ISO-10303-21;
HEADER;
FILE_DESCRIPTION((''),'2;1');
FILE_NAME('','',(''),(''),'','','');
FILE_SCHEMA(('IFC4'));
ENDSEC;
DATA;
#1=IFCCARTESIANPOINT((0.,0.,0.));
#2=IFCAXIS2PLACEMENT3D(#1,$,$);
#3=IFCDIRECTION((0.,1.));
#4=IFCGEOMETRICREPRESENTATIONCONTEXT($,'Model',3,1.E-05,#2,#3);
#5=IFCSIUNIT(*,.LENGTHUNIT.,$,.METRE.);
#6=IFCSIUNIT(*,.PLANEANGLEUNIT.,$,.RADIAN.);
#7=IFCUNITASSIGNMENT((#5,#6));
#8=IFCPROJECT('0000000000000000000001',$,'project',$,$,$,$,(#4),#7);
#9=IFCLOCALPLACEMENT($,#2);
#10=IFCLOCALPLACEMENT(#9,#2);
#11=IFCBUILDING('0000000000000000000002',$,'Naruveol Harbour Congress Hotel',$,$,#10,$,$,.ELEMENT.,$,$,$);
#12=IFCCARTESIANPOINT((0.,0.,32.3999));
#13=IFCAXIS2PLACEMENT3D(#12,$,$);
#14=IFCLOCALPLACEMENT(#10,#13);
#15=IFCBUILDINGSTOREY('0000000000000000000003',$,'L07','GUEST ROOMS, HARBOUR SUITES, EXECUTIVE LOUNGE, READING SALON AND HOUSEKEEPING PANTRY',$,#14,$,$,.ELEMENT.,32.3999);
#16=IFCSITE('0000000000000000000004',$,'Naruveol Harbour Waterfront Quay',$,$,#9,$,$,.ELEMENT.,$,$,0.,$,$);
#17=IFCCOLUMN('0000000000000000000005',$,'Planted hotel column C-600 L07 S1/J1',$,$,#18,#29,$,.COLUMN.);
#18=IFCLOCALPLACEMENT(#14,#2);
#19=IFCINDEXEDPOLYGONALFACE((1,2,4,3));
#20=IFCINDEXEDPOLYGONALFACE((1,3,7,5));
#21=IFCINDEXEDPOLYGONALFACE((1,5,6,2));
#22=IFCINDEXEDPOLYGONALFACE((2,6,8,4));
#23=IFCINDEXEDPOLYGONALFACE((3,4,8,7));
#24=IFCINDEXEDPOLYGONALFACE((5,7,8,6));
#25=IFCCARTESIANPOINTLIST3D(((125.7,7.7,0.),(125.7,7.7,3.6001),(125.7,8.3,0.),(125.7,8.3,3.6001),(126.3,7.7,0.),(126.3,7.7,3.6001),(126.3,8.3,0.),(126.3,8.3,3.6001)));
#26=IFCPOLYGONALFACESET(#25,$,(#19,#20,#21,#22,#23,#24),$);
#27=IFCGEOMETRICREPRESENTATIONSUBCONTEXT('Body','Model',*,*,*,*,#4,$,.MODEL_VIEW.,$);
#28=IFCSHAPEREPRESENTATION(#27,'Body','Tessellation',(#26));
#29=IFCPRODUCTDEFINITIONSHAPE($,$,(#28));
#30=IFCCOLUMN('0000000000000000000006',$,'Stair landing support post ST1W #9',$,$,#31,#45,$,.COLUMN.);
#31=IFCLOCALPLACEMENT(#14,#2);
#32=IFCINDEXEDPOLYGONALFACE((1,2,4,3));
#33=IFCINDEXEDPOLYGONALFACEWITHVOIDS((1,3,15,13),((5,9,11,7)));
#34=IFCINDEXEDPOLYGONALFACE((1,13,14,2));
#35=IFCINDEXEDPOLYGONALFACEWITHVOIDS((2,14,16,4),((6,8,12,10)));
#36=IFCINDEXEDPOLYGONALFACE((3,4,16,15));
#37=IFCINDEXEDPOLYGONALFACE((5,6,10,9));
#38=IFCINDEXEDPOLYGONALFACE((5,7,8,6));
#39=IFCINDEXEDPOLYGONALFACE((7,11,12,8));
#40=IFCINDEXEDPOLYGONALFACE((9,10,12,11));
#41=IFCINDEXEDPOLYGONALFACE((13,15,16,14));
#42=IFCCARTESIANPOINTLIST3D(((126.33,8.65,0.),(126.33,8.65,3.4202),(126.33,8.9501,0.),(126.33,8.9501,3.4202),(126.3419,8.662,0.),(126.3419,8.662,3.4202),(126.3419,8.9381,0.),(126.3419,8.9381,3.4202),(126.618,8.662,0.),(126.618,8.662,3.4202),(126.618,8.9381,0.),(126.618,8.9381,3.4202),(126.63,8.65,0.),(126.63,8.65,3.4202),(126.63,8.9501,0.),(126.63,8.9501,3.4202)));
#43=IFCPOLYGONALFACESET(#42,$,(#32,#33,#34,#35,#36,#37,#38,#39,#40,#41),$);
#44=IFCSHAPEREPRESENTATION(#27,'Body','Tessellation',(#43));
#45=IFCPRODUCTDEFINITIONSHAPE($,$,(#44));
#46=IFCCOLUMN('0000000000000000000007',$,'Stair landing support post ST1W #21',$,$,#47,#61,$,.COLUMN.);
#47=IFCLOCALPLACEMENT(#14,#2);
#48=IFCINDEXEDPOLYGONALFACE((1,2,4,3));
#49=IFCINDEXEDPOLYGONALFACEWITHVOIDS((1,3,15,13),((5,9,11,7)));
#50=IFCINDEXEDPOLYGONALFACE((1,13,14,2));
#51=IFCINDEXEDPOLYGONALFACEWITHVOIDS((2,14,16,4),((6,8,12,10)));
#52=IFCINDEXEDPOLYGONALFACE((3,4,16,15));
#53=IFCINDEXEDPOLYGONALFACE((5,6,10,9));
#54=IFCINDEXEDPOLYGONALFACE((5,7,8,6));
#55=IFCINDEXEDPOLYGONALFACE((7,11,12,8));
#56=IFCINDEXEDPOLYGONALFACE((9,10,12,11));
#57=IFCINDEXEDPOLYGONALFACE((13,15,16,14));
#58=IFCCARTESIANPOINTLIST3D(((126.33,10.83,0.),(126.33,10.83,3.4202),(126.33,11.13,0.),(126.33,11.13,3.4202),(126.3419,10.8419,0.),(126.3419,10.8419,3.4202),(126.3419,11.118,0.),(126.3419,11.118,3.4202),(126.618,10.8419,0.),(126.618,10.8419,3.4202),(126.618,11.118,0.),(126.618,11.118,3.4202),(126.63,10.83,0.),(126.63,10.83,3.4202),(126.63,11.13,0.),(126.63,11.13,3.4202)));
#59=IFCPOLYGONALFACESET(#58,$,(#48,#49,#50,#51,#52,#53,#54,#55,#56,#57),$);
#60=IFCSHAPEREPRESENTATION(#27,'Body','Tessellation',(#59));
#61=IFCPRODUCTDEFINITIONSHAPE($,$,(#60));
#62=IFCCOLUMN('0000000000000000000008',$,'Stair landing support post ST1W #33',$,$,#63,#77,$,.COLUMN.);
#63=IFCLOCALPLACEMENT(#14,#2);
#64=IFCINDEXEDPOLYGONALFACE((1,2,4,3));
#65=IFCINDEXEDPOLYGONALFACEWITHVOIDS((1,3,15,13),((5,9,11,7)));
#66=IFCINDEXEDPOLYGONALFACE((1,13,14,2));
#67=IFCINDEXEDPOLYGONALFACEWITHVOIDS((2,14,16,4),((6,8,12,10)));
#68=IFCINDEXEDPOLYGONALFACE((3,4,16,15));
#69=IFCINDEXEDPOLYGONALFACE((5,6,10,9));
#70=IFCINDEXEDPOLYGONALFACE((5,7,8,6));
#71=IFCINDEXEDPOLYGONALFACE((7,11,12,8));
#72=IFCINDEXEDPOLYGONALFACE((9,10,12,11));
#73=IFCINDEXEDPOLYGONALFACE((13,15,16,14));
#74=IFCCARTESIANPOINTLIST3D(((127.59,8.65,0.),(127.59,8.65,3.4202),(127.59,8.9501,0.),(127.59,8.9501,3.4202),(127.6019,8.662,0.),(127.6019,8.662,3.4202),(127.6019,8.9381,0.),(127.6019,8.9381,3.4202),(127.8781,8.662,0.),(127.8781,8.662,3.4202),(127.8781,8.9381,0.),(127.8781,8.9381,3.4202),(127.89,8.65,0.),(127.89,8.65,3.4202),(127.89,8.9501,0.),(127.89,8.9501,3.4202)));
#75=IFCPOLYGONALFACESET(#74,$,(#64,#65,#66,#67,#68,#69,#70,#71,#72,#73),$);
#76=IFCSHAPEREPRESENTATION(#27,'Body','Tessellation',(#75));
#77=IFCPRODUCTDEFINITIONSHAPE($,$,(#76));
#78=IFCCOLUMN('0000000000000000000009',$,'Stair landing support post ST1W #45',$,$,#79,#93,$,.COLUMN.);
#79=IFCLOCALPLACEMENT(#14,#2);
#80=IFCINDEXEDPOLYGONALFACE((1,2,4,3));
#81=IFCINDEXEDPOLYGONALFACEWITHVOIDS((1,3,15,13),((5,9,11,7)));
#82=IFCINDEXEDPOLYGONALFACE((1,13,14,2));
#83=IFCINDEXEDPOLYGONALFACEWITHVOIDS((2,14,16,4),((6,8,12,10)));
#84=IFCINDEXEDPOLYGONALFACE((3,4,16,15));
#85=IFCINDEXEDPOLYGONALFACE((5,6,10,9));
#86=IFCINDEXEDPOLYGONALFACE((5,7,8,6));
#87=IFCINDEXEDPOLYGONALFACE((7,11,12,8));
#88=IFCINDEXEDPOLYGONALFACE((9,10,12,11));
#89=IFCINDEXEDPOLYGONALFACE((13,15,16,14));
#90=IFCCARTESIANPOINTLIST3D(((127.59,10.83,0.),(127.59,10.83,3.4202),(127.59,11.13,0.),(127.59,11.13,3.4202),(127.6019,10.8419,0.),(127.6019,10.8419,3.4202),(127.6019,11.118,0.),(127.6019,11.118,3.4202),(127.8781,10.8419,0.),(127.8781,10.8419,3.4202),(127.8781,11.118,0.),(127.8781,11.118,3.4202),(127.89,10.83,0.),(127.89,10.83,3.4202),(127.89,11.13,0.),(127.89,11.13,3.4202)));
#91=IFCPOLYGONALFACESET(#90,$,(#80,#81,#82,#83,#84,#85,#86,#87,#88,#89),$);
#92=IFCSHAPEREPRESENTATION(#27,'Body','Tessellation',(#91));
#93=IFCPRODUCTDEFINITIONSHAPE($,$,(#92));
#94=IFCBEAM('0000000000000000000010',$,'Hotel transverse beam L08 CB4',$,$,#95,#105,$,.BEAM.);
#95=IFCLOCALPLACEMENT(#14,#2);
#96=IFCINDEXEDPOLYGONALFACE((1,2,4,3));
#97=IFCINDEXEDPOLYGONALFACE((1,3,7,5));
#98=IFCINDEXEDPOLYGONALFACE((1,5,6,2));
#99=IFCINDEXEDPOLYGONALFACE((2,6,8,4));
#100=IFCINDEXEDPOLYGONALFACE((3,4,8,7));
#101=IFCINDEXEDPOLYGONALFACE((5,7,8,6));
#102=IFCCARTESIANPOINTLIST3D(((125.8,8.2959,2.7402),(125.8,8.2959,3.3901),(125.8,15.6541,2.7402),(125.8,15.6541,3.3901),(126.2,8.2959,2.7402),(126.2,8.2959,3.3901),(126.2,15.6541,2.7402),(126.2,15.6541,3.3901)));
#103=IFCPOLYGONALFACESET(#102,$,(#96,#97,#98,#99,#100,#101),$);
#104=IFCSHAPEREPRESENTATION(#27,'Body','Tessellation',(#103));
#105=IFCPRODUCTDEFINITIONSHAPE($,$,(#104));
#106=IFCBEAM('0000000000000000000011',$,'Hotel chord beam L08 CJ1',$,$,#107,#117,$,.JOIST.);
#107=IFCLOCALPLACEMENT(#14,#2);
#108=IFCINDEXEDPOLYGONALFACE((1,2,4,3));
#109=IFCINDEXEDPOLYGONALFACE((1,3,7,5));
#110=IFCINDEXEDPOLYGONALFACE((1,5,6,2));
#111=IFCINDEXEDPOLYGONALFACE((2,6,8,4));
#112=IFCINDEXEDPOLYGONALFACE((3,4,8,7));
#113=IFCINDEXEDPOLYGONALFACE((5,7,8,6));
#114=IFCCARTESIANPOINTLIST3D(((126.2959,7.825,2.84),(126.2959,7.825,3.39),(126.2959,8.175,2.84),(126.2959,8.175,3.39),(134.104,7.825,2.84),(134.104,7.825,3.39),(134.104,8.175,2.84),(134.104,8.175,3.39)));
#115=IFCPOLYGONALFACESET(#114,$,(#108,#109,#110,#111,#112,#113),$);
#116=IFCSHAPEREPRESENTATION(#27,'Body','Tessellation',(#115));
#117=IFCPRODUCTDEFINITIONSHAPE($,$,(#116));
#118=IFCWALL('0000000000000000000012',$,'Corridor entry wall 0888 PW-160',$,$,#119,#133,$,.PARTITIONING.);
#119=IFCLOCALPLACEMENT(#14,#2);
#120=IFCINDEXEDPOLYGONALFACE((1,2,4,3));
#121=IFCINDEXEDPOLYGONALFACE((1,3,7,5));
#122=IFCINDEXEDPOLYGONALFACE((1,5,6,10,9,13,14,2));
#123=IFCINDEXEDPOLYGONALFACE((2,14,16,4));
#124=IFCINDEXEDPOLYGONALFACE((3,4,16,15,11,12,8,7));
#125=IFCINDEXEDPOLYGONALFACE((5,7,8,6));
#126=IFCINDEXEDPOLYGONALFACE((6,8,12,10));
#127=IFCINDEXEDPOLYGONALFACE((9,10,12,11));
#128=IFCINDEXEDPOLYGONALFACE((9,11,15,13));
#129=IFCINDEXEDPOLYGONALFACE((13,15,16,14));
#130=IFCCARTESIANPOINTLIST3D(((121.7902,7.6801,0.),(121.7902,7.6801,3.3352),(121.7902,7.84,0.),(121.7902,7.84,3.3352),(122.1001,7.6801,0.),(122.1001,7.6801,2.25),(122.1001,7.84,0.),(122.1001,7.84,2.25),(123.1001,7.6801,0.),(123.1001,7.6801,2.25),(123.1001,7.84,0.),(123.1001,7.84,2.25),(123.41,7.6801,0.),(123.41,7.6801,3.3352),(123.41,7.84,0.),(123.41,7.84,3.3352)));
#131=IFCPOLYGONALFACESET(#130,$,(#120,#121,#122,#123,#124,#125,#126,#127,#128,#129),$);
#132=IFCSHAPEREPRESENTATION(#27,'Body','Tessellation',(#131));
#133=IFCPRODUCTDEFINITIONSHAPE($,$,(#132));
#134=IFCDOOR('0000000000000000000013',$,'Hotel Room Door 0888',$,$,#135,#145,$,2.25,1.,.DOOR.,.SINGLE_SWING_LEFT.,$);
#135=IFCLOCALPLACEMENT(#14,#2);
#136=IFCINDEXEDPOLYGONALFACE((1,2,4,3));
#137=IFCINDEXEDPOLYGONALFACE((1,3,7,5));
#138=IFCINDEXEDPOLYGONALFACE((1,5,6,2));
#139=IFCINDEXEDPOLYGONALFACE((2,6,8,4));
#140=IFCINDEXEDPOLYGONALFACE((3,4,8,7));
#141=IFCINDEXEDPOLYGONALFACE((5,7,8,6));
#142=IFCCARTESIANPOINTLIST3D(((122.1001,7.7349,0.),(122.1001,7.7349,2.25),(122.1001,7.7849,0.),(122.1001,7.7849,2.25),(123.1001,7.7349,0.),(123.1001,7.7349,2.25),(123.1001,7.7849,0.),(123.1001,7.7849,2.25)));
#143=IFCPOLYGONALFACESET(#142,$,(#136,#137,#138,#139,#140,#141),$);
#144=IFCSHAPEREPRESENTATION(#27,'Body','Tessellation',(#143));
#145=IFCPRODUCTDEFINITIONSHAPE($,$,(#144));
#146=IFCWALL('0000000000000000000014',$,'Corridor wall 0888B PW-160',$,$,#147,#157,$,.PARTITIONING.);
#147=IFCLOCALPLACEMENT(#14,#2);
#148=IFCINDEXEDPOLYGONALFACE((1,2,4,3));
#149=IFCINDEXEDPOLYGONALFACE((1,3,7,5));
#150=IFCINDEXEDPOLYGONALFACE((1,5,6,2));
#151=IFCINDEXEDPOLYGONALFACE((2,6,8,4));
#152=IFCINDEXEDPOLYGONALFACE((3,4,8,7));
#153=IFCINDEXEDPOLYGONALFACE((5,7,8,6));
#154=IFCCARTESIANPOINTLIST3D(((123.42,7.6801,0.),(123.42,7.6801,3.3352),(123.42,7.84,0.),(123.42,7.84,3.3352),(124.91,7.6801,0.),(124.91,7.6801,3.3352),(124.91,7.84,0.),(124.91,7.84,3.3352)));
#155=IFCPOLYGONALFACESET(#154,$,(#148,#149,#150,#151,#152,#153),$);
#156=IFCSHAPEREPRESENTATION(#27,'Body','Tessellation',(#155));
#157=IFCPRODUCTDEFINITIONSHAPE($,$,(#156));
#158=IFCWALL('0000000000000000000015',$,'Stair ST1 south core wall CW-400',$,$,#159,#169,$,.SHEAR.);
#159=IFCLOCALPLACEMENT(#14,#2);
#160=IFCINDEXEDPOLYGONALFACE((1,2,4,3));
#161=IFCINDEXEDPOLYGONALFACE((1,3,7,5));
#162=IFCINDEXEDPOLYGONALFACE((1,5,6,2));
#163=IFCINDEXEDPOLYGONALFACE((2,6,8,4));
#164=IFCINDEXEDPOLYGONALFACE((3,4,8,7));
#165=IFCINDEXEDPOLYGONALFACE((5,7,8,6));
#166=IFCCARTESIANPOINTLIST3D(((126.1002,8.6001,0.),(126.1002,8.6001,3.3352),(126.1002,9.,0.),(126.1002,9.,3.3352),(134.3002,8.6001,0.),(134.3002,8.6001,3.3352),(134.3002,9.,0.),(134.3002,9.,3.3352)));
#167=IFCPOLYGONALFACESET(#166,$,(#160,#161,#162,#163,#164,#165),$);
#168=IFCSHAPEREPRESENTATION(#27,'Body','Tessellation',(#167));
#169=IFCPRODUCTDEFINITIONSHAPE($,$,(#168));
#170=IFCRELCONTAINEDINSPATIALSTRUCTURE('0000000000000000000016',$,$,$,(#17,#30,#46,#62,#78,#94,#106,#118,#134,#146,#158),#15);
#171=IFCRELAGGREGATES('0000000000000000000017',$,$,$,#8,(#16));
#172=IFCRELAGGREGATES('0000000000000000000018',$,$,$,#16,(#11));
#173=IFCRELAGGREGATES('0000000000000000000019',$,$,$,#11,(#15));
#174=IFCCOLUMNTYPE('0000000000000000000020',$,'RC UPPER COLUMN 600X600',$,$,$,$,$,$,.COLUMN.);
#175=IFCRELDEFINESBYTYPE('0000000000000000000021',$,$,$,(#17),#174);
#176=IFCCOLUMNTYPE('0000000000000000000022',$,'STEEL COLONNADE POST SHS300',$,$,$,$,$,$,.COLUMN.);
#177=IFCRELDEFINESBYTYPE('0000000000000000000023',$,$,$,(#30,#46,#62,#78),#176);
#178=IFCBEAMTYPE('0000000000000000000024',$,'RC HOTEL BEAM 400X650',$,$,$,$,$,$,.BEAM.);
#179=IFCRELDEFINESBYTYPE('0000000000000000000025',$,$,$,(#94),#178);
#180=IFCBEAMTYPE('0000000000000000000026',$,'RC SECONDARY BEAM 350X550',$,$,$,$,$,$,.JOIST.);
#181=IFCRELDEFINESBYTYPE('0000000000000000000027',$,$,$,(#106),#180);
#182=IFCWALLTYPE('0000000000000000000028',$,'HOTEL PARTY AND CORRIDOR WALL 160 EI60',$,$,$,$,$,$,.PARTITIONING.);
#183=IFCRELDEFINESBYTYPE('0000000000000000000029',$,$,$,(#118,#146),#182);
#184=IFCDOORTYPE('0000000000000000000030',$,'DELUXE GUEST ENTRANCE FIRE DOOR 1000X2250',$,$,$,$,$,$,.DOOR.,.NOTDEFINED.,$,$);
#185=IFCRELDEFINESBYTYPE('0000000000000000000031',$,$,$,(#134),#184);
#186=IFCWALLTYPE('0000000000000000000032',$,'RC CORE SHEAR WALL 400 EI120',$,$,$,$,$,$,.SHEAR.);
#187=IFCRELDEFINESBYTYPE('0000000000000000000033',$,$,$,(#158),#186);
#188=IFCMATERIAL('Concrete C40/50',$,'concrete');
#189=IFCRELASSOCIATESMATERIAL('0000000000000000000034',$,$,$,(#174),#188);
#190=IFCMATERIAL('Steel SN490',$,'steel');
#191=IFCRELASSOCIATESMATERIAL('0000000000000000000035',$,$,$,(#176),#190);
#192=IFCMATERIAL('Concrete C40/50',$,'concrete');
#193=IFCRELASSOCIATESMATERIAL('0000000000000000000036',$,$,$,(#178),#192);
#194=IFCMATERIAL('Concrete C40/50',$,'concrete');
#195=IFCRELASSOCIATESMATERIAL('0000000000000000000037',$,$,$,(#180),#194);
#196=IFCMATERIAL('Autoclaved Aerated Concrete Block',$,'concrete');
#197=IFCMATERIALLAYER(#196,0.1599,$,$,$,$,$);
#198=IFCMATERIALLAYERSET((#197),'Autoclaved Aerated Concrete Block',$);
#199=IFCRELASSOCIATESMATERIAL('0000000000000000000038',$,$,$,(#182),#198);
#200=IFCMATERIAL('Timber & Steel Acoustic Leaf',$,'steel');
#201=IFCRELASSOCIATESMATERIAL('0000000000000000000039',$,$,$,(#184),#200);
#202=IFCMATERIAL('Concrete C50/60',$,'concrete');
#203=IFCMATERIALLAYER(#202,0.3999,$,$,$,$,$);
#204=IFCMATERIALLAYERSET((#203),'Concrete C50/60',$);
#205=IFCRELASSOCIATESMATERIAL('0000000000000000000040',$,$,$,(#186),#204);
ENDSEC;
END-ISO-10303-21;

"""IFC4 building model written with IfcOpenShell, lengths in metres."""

from ifc_helpers import new_model, si_unit, direction, frame, frame_2d, origin, origin_2d, place, context, subcontext, project, spatial, rectangle, hollow_rectangle, extrude, material, layer, layer_set, material_profile, profile_set, type_object, element, fill, save


model = new_model("IFC4")

# Units and contexts
model_context = context("Model", 3, precision=1e-05, world=origin(), true_north=direction((0.0, 1.0)))
body_context = subcontext(model_context, "Body", "Model", "MODEL_VIEW")
ifc_project = project(units=[si_unit("LENGTHUNIT", "METRE"), si_unit("PLANEANGLEUNIT", "RADIAN")], contexts=[model_context])

# Site, building, storey
site_placement = place(None, origin())
site = spatial("IfcSite", under=ifc_project, at=site_placement, Name="Naruveol Harbour Waterfront Quay", CompositionType="ELEMENT", RefElevation=0.0)
building_placement = place(site_placement, origin())
building = spatial("IfcBuilding", under=site, at=building_placement, Name="Naruveol Harbour Congress Hotel", CompositionType="ELEMENT")
storey_placement = place(building_placement, frame((0.0, 0.0, 32.3999)))
storey = spatial("IfcBuildingStorey", under=building, at=storey_placement, Name="L07", Description="GUEST ROOMS, HARBOUR SUITES, EXECUTIVE LOUNGE, READING SALON AND HOUSEKEEPING PANTRY", CompositionType="ELEMENT", Elevation=32.3999)

# Columns
ifc_material_1 = material(Name="Concrete C40/50", Category="concrete")
ifc_material_profile_1 = material_profile(ifc_material_1, rectangle(XDim=0.6001, YDim=0.6001, at=origin_2d()), Name="RC-600x600")
ifc_profile_set_1 = profile_set([ifc_material_profile_1], Name="Concrete C40/50")
column_type_1 = type_object("IfcColumnType", Name="RC UPPER COLUMN 600X600", PredefinedType="COLUMN", material=ifc_profile_set_1)
column_placement = place(storey_placement, frame((126.0, 8.0, 0.0), z_axis=(0.0, 0.0, 1.0), x_axis=(1.0, 0.0, 0.0)))
element("IfcColumn", 1, at=column_placement, inside=storey, type_object=column_type_1, Name="Planted hotel column C-600 L07 S1/J1", PredefinedType="COLUMN", context=body_context, shape_type="SweptSolid", body=[
    extrude(rectangle(XDim=0.6001, YDim=0.6001, at=origin_2d()), origin(), (0.0, 0.0, 1.0), 3.6001),
])
ifc_material_2 = material(Name="Steel SN490", Category="steel")
ifc_material_profile_2 = material_profile(ifc_material_2, hollow_rectangle(XDim=0.3, YDim=0.3, WallThickness=0.012, at=origin_2d()), Name="SHS-300x300x12")
ifc_profile_set_2 = profile_set([ifc_material_profile_2], Name="Steel SN490")
column_type_2 = type_object("IfcColumnType", Name="STEEL COLONNADE POST SHS300", PredefinedType="COLUMN", material=ifc_profile_set_2)
for number, where, z_axis, x_axis, name in (
    (2, (126.48, 8.8, 0.0), (0.0, 0.0, 1.0), (1.0, 0.0, 0.0), "Stair landing support post ST1W #9"),
    (3, (126.48, 10.98, 0.0), (0.0, 0.0, 1.0), (1.0, 0.0, 0.0), "Stair landing support post ST1W #21"),
    (4, (127.74, 8.8, 0.0), (0.0, 0.0, 1.0), (1.0, 0.0, 0.0), "Stair landing support post ST1W #33"),
    (5, (127.74, 10.98, 0.0), (0.0, 0.0, 1.0), (1.0, 0.0, 0.0), "Stair landing support post ST1W #45"),
):
    element("IfcColumn", number, at=place(storey_placement, frame(where, z_axis=z_axis, x_axis=x_axis)), inside=storey, type_object=column_type_2, Name=name, PredefinedType="COLUMN", context=body_context, shape_type="SweptSolid", body=[
        extrude(hollow_rectangle(XDim=0.3, YDim=0.3, WallThickness=0.012, at=origin_2d()), origin(), (0.0, 0.0, 1.0), 3.4202),
    ])

# Beams
ifc_material_3 = material(Name="Concrete C40/50", Category="concrete")
ifc_material_profile_3 = material_profile(ifc_material_3, rectangle(XDim=0.3999, YDim=0.6499, at=origin_2d()), Name="RCB-400x650")
ifc_profile_set_3 = profile_set([ifc_material_profile_3], Name="Concrete C40/50")
beam_type_1 = type_object("IfcBeamType", Name="RC HOTEL BEAM 400X650", PredefinedType="BEAM", material=ifc_profile_set_3)
beam_1_placement = place(storey_placement, frame((126.0, 8.2959, 3.0652), z_axis=(0.0, 1.0, 0.0), x_axis=(-1.0, 0.0, 0.0)))
element("IfcBeam", 6, at=beam_1_placement, inside=storey, type_object=beam_type_1, Name="Hotel transverse beam L08 CB4", PredefinedType="BEAM", context=body_context, shape_type="SweptSolid", body=[
    extrude(rectangle(XDim=0.3999, YDim=0.6499, at=origin_2d()), origin(), (0.0, 0.0, 1.0), 7.3582),
])
ifc_material_4 = material(Name="Concrete C40/50", Category="concrete")
ifc_material_profile_4 = material_profile(ifc_material_4, rectangle(XDim=0.3501, YDim=0.55, at=origin_2d()), Name="RCB-350x550")
ifc_profile_set_4 = profile_set([ifc_material_profile_4], Name="Concrete C40/50")
beam_type_2 = type_object("IfcBeamType", Name="RC SECONDARY BEAM 350X550", PredefinedType="JOIST", material=ifc_profile_set_4)
beam_2_placement = place(storey_placement, frame((126.2959, 8.0, 3.115), z_axis=(1.0, 0.0, 0.0), x_axis=(0.0, 1.0, 0.0)))
element("IfcBeam", 7, at=beam_2_placement, inside=storey, type_object=beam_type_2, Name="Hotel chord beam L08 CJ1", PredefinedType="JOIST", context=body_context, shape_type="SweptSolid", body=[
    extrude(rectangle(XDim=0.3501, YDim=0.55, at=origin_2d()), origin(), (0.0, 0.0, 1.0), 7.8081),
])

# Wall, opening, door
ifc_material_5 = material(Name="Autoclaved Aerated Concrete Block", Category="concrete")
ifc_layer_1 = layer(ifc_material_5, 0.1599)
ifc_layer_set_1 = layer_set([ifc_layer_1], Name="Autoclaved Aerated Concrete Block")
wall_type_1 = type_object("IfcWallType", Name="HOTEL PARTY AND CORRIDOR WALL 160 EI60", PredefinedType="PARTITIONING", material=ifc_layer_set_1)
wall_1_placement = place(storey_placement, frame((121.79, 7.76, 0.0), z_axis=(0.0, 0.0, 1.0), x_axis=(1.0, 0.0, 0.0)))
wall_1 = element("IfcWall", 8, at=wall_1_placement, inside=storey, type_object=wall_type_1, Name="Corridor entry wall 0888 PW-160", PredefinedType="PARTITIONING", context=body_context, shape_type="SweptSolid", body=[
    extrude(rectangle(XDim=1.6199, YDim=0.1599, at=frame_2d((0.8101, 0.0))), origin(), (0.0, 0.0, 1.0), 3.3352),
])
opening_1_placement = place(wall_1_placement, frame((0.3101, 0.0, 0.0)))
opening_1 = element("IfcOpeningElement", 9, at=opening_1_placement, cuts=wall_1, PredefinedType="OPENING", context=body_context, shape_type="SweptSolid", body=[
    extrude(rectangle(XDim=1.0, YDim=2.25, at=frame_2d((0.5, 1.125))), frame((0.0, 0.0898, 0.0), z_axis=(0.0, -1.0, 0.0), x_axis=(1.0, 0.0, 0.0)), (0.0, 0.0, 1.0), 0.1799),
])
ifc_material_6 = material(Name="Timber & Steel Acoustic Leaf", Category="steel")
door_type_1 = type_object("IfcDoorType", Name="DELUXE GUEST ENTRANCE FIRE DOOR 1000X2250", OperationType="NOTDEFINED", PredefinedType="DOOR", material=ifc_material_6)
door_1_placement = place(opening_1_placement, origin())
door_1 = element("IfcDoor", 10, at=door_1_placement, inside=storey, type_object=door_type_1, Name="Hotel Room Door 0888", OperationType="SINGLE_SWING_LEFT", OverallHeight=2.25, OverallWidth=1.0, PredefinedType="DOOR", context=body_context, shape_type="SweptSolid", body=[
    extrude(rectangle(XDim=1.0, YDim=2.25, at=frame_2d((0.5, 1.125))), frame((0.0, 0.0249, 0.0), z_axis=(0.0, -1.0, 0.0), x_axis=(1.0, 0.0, 0.0)), (0.0, 0.0, 1.0), 0.05),
])
fill(opening_1, door_1)

# Walls
wall_2_placement = place(storey_placement, frame((123.4199, 7.76, 0.0), z_axis=(0.0, 0.0, 1.0), x_axis=(1.0, 0.0, 0.0)))
element("IfcWall", 11, at=wall_2_placement, inside=storey, type_object=wall_type_1, Name="Corridor wall 0888B PW-160", PredefinedType="PARTITIONING", context=body_context, shape_type="SweptSolid", body=[
    extrude(rectangle(XDim=1.49, YDim=0.1599, at=frame_2d((0.7451, 0.0))), origin(), (0.0, 0.0, 1.0), 3.3352),
])
ifc_material_7 = material(Name="Concrete C50/60", Category="concrete")
ifc_layer_2 = layer(ifc_material_7, 0.3999)
ifc_layer_set_2 = layer_set([ifc_layer_2], Name="Concrete C50/60")
wall_type_2 = type_object("IfcWallType", Name="RC CORE SHEAR WALL 400 EI120", PredefinedType="SHEAR", material=ifc_layer_set_2)
wall_3_placement = place(storey_placement, frame((126.1001, 8.8, 0.0), z_axis=(0.0, 0.0, 1.0), x_axis=(1.0, 0.0, 0.0)))
element("IfcWall", 12, at=wall_3_placement, inside=storey, type_object=wall_type_2, Name="Stair ST1 south core wall CW-400", PredefinedType="SHEAR", context=body_context, shape_type="SweptSolid", body=[
    extrude(rectangle(XDim=8.2, YDim=0.3999, at=frame_2d((4.1001, 0.0))), origin(), (0.0, 0.0, 1.0), 3.3352),
])

save(model, "model.ifc")
